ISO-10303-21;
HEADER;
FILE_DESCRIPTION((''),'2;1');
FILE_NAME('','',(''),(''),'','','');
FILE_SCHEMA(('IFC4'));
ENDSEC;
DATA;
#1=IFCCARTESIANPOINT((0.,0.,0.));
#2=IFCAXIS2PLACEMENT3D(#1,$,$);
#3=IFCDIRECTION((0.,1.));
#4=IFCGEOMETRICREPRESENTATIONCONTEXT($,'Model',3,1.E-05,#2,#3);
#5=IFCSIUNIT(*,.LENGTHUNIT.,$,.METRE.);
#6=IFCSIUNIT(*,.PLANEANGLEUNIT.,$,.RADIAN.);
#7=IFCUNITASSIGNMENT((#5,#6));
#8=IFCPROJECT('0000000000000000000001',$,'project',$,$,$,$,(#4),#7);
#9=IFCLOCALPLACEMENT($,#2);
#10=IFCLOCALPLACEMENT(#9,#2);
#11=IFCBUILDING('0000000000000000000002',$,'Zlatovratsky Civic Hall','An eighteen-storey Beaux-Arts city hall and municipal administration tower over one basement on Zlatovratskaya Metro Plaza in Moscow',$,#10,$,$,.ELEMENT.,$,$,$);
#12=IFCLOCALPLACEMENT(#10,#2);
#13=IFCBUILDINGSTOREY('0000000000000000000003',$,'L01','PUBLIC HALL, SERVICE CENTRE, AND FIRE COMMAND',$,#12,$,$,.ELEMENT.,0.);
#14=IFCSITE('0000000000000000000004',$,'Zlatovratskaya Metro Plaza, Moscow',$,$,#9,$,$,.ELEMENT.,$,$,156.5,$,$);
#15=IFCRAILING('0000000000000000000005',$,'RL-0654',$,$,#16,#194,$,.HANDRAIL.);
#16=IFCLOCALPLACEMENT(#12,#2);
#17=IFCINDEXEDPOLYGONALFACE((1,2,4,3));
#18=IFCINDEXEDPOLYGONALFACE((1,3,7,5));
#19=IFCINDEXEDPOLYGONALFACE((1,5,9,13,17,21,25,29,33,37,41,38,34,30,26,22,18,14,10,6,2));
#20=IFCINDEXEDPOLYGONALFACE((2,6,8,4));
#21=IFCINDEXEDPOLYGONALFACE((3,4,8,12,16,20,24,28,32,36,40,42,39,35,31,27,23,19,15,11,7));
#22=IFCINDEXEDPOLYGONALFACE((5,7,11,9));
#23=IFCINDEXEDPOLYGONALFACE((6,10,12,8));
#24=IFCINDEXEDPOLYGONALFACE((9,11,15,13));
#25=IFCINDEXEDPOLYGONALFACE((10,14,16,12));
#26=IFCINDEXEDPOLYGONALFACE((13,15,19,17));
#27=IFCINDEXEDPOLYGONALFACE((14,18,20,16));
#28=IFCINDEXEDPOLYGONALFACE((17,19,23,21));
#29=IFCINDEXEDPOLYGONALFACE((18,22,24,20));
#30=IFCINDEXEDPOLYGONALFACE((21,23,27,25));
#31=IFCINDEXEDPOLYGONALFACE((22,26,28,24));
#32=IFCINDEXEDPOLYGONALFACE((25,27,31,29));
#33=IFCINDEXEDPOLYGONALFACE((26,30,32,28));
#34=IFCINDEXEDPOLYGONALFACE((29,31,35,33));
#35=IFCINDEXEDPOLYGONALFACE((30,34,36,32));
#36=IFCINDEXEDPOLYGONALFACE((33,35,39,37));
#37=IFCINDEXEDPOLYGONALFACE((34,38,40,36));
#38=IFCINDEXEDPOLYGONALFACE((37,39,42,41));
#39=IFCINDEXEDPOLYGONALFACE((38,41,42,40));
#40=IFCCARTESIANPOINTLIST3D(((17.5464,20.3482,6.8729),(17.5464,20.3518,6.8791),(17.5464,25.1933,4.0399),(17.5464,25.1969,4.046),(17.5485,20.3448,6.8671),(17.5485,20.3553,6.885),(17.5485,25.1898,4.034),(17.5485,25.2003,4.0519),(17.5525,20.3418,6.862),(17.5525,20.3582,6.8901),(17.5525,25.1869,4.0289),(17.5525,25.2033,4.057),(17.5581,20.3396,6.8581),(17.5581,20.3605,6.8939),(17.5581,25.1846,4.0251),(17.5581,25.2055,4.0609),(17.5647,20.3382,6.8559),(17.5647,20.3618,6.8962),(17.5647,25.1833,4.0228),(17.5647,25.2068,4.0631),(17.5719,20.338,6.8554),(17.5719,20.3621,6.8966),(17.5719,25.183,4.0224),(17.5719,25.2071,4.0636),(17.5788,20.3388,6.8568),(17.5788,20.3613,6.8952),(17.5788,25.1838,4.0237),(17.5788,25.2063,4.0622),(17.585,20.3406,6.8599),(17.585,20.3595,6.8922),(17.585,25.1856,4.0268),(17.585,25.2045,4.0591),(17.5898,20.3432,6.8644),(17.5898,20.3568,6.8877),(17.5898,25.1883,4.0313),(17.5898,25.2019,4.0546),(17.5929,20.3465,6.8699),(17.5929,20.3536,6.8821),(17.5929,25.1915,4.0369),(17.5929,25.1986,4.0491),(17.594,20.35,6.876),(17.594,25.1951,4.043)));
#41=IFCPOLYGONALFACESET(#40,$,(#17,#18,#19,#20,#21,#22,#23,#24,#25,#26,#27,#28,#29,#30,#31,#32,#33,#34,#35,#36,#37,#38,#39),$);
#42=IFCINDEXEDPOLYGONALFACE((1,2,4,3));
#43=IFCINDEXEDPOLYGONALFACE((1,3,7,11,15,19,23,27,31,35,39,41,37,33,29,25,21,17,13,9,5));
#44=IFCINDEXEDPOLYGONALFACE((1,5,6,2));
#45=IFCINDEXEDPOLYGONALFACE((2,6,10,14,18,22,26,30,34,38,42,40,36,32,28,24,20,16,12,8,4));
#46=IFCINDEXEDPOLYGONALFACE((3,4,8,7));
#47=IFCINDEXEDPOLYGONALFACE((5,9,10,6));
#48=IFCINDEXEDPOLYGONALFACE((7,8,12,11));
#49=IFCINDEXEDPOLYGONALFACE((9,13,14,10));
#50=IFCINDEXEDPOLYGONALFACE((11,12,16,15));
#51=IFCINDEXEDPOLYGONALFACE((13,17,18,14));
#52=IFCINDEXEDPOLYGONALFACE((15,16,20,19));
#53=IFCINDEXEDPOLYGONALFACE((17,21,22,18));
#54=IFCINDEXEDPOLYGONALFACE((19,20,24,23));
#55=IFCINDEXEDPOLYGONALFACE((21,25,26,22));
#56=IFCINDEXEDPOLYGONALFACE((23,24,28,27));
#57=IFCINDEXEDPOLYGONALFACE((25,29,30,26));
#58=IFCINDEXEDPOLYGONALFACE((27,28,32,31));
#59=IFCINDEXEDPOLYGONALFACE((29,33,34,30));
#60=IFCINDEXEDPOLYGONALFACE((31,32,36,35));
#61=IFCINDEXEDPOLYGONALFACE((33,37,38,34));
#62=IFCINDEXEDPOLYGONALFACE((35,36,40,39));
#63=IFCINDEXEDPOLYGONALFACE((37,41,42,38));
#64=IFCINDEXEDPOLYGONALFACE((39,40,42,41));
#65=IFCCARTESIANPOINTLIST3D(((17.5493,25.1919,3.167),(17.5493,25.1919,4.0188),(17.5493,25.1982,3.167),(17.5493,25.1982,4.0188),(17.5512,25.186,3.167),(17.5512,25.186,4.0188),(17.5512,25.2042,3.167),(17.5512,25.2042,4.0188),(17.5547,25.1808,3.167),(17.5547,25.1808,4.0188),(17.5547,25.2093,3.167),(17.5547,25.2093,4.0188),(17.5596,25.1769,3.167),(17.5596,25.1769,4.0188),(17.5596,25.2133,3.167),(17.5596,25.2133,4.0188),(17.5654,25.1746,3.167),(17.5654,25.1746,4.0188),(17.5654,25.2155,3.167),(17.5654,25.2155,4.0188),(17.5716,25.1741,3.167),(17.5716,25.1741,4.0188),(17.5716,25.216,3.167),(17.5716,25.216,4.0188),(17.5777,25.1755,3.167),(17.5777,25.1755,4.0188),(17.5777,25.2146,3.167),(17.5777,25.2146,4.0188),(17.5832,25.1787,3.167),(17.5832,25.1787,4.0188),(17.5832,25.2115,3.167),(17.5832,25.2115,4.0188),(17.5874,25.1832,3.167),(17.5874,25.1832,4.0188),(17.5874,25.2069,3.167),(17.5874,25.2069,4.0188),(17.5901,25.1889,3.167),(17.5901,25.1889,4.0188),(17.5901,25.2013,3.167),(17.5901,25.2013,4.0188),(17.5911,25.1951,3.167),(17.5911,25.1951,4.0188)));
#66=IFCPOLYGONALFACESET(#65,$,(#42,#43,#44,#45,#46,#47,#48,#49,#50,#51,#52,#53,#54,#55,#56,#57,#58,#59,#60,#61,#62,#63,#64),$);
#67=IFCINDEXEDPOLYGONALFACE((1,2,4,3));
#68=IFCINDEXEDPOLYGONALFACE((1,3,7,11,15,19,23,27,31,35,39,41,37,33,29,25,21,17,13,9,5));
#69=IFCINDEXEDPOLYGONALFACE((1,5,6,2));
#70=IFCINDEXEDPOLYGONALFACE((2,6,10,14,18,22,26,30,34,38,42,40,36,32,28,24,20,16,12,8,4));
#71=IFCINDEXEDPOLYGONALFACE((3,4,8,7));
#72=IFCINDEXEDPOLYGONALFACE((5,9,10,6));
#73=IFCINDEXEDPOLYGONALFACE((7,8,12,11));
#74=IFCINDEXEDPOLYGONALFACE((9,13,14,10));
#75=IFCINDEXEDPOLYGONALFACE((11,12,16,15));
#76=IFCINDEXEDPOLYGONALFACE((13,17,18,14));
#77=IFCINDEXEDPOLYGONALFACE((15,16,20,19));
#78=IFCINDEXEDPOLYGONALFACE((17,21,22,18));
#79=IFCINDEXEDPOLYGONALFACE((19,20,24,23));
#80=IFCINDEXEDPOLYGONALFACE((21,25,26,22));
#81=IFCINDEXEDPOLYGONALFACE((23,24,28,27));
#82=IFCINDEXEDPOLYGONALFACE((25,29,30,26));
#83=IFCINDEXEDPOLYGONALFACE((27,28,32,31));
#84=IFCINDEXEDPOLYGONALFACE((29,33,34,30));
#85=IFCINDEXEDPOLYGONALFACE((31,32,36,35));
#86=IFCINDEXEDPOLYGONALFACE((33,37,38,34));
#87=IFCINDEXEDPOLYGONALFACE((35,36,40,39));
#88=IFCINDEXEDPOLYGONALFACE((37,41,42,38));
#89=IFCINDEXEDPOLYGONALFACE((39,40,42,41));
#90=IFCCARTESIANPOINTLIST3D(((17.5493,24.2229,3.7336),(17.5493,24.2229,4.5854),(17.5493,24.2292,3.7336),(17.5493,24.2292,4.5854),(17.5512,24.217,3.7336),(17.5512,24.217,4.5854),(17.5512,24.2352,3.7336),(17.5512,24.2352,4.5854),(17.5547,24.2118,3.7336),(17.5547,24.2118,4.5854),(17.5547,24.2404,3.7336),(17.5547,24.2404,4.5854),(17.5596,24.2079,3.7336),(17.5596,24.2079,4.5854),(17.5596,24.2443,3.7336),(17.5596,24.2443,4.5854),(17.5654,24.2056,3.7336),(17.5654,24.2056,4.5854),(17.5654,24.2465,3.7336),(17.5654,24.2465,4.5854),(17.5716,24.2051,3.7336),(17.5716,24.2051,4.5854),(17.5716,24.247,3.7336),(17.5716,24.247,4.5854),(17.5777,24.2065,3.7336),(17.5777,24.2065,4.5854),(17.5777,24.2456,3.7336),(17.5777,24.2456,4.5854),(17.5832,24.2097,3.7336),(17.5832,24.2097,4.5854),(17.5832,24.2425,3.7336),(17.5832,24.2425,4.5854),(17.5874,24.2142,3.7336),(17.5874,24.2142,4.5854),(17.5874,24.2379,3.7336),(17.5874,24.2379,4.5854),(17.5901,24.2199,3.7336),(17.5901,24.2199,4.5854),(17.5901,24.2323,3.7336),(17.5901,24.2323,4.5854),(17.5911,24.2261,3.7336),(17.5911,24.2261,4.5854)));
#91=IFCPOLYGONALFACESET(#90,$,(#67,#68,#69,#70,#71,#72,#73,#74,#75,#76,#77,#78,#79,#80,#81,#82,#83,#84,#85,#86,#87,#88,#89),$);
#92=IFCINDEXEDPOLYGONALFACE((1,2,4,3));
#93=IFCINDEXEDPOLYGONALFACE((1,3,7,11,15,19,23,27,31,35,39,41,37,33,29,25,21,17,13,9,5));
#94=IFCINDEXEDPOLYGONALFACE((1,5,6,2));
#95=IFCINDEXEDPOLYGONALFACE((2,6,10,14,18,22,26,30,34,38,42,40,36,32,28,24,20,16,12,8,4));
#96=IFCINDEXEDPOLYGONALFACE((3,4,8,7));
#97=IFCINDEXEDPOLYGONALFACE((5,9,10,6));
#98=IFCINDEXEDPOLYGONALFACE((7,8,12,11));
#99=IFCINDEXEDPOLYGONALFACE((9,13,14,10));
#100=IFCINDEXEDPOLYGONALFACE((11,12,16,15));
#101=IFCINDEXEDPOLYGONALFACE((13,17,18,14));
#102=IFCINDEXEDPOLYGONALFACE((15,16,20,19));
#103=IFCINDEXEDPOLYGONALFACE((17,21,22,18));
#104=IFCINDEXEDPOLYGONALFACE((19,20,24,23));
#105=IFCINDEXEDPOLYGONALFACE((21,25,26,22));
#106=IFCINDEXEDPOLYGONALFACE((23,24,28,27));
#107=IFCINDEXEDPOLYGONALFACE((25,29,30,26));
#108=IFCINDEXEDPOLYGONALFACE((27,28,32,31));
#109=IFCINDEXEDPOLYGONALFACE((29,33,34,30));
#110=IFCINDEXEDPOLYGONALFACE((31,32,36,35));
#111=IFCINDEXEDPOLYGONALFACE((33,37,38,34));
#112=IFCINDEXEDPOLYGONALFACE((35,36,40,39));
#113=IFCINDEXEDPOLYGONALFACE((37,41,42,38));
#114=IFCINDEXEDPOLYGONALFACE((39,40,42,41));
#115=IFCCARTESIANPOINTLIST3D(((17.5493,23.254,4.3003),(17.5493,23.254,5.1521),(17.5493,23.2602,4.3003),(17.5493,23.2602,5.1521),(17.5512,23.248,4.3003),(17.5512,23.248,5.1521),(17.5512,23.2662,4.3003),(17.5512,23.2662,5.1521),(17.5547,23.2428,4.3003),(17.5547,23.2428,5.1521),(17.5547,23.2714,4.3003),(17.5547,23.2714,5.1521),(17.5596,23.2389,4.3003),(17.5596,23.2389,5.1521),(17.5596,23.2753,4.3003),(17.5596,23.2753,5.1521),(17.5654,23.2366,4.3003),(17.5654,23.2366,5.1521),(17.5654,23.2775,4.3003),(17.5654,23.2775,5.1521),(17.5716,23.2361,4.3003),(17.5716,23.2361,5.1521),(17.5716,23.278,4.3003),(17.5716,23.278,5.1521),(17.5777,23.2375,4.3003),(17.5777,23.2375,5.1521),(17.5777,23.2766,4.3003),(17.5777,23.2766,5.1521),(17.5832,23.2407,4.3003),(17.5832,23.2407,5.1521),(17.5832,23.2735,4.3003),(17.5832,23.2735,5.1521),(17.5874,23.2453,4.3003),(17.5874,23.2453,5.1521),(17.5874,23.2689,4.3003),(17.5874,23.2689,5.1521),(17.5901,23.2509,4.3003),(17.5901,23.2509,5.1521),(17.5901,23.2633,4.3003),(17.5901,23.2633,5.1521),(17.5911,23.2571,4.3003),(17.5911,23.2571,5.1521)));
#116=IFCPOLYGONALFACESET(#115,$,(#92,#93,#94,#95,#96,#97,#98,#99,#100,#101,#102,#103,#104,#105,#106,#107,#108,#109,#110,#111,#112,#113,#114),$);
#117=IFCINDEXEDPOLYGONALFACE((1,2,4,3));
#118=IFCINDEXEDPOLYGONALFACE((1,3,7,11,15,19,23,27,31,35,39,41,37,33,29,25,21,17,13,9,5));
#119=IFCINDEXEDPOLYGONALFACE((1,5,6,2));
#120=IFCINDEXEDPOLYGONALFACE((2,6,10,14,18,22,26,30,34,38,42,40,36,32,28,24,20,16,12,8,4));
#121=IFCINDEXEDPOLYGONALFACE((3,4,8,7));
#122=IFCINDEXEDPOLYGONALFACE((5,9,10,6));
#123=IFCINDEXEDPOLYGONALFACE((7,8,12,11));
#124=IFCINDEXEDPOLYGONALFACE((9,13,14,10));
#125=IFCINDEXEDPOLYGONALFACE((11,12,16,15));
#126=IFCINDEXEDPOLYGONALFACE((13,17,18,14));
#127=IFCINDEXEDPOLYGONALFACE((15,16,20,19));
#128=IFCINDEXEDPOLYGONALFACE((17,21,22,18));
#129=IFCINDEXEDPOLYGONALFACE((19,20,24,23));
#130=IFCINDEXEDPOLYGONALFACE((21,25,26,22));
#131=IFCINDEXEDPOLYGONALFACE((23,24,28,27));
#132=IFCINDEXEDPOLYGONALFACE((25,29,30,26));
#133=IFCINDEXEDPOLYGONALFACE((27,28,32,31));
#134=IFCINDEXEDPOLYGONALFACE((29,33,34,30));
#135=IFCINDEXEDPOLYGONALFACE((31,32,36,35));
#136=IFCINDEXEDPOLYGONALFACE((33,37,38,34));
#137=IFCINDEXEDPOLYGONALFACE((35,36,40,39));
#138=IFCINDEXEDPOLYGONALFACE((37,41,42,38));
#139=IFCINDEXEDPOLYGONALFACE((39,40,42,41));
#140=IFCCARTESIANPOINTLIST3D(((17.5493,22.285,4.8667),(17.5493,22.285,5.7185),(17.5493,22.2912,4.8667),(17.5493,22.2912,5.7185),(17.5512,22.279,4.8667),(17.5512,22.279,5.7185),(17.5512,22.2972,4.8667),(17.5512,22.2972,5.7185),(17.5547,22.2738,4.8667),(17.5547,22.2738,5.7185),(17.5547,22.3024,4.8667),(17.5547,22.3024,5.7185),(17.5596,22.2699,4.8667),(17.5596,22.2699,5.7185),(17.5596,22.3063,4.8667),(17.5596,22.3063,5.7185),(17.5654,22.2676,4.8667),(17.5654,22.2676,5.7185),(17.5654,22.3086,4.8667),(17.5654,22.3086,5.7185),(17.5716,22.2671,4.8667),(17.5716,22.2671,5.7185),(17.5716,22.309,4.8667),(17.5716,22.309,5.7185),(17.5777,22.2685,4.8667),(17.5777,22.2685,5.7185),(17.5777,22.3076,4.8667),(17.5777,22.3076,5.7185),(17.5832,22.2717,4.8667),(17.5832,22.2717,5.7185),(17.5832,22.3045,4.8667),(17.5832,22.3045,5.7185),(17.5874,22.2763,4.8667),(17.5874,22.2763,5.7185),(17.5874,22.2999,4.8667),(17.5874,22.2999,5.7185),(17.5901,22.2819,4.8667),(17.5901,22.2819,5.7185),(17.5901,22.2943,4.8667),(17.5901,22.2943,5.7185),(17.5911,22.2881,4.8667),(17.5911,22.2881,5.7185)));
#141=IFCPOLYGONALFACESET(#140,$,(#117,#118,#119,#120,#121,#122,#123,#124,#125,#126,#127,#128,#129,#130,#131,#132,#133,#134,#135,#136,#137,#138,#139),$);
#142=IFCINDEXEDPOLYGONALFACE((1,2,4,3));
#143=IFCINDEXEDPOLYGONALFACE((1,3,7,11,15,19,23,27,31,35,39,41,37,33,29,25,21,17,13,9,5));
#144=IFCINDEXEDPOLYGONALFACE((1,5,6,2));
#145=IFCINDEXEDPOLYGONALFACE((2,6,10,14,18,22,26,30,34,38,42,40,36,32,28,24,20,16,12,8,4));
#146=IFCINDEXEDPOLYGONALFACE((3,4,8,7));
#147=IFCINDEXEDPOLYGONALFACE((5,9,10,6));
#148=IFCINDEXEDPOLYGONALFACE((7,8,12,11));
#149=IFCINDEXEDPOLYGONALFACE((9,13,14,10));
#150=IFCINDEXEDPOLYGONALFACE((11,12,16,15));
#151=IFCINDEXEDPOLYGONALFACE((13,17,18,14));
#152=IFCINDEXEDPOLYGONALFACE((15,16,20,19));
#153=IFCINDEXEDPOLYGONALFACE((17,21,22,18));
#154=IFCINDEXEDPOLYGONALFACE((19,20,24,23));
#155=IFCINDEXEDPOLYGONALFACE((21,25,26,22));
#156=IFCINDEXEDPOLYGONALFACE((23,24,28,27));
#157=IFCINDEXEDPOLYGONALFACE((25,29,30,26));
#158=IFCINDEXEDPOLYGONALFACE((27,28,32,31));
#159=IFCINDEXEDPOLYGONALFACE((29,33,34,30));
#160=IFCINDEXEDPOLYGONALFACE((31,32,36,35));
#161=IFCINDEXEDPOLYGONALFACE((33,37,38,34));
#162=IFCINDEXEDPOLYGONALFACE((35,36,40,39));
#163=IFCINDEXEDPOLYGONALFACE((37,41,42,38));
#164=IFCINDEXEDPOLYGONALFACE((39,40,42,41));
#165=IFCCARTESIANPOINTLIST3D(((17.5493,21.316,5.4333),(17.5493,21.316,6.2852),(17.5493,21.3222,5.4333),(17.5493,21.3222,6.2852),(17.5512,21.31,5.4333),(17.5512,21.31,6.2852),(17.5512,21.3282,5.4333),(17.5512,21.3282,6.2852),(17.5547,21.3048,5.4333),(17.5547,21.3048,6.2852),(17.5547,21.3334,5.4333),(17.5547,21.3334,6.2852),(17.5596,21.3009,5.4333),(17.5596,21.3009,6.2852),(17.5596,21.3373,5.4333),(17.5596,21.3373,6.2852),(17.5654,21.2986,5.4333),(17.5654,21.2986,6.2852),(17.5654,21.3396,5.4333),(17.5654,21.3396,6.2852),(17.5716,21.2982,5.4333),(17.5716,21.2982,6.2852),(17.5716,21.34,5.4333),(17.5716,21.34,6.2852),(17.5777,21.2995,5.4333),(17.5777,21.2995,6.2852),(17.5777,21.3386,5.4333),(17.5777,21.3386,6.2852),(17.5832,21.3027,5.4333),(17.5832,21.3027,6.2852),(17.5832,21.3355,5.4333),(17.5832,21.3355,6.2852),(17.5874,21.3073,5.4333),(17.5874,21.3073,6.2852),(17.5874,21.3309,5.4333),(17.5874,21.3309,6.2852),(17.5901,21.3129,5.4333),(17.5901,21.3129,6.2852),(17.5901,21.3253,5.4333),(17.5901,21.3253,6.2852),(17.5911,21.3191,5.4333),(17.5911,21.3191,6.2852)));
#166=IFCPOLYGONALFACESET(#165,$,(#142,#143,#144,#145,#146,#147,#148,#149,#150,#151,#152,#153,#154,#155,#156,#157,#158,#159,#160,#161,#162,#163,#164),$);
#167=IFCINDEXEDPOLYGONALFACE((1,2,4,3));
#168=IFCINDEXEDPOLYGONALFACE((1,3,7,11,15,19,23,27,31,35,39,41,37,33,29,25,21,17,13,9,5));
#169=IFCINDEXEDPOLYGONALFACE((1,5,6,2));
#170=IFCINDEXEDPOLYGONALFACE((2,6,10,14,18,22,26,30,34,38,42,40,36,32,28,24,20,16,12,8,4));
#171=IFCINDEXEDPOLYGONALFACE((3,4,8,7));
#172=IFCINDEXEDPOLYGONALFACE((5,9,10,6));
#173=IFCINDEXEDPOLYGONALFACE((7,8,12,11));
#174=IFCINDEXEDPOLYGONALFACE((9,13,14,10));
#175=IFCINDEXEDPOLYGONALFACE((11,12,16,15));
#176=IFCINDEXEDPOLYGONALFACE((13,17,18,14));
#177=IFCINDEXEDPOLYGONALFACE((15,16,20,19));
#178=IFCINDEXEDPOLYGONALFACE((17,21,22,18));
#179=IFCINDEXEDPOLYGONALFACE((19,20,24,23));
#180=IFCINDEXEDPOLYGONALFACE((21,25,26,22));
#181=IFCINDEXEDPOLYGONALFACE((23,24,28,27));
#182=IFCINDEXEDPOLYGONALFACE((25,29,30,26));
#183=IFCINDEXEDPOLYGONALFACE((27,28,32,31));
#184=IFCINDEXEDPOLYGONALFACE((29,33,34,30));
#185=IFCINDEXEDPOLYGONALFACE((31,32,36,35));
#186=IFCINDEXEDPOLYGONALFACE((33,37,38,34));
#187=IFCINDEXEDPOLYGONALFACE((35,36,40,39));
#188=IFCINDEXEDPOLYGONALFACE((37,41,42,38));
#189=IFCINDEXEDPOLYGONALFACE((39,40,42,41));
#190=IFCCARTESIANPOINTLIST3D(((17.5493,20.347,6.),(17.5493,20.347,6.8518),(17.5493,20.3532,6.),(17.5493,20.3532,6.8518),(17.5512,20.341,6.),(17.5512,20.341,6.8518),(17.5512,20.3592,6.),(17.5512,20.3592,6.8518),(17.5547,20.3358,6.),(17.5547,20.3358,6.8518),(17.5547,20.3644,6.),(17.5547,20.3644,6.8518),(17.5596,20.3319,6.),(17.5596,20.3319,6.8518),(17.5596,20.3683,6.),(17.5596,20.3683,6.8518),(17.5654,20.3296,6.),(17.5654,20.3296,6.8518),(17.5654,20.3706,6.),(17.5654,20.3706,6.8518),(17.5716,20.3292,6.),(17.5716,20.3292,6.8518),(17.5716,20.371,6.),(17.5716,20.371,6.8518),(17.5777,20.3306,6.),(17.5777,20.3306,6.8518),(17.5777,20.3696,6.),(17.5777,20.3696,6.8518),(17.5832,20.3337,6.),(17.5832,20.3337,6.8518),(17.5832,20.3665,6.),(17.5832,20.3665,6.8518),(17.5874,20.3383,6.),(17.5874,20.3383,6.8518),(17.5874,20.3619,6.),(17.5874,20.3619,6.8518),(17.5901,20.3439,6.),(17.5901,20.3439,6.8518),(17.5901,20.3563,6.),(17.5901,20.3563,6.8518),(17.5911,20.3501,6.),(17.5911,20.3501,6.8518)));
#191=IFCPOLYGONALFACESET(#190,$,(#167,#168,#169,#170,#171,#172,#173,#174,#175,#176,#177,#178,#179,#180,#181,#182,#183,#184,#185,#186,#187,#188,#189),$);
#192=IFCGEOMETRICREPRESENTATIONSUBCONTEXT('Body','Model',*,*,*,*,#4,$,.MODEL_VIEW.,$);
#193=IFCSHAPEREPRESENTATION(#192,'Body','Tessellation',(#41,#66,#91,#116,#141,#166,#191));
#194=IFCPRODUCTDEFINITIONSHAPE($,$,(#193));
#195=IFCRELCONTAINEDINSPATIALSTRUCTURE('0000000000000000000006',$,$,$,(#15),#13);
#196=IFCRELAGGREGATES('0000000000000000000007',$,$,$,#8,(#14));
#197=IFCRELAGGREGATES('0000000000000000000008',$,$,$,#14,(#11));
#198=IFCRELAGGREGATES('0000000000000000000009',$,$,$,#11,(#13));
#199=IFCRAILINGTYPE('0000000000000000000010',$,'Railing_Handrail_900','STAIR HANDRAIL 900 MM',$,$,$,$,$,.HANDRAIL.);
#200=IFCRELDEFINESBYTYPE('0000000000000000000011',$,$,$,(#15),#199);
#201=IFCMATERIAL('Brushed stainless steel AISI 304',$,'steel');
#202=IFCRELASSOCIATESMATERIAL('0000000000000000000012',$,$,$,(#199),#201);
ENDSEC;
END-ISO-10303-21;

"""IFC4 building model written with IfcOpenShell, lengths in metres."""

from ifc_helpers import new_model, si_unit, direction, frame, origin, origin_2d, place, context, subcontext, project, spatial, circle, extrude, material, type_object, element, save


model = new_model("IFC4")

# Units and contexts
model_context = context("Model", 3, precision=1e-05, world=origin(), true_north=direction((0.0, 1.0)))
body_context = subcontext(model_context, "Body", "Model", "MODEL_VIEW")
ifc_project = project(units=[si_unit("LENGTHUNIT", "METRE"), si_unit("PLANEANGLEUNIT", "RADIAN")], contexts=[model_context])

# Site, building, storey
site_placement = place(None, origin())
site = spatial("IfcSite", under=ifc_project, at=site_placement, Name="Zlatovratskaya Metro Plaza, Moscow", CompositionType="ELEMENT", RefElevation=156.5)
building_placement = place(site_placement, origin())
building = spatial("IfcBuilding", under=site, at=building_placement, Name="Zlatovratsky Civic Hall", Description="An eighteen-storey Beaux-Arts city hall and municipal administration tower over one basement on Zlatovratskaya Metro Plaza in Moscow", CompositionType="ELEMENT")
storey_placement = place(building_placement, origin())
storey = spatial("IfcBuildingStorey", under=building, at=storey_placement, Name="L01", Description="PUBLIC HALL, SERVICE CENTRE, AND FIRE COMMAND", CompositionType="ELEMENT", Elevation=0.0)

# Railing
ifc_material_1 = material(Name="Brushed stainless steel AISI 304", Category="steel")
railing_type_1 = type_object("IfcRailingType", Name="Railing_Handrail_900", Description="STAIR HANDRAIL 900 MM", PredefinedType="HANDRAIL", material=ifc_material_1)
railing_1_placement = place(storey_placement, frame((17.5701, 25.1951, 3.167)))
element("IfcRailing", 1, at=railing_1_placement, inside=storey, type_object=railing_type_1, Name="RL-0654", PredefinedType="HANDRAIL", context=body_context, shape_type="SweptSolid", body=[
    extrude(circle(Radius=0.0239, at=origin_2d()), frame((0.0, 0.0, 0.876), z_axis=(0.0, -0.863253, 0.504771), x_axis=(1.0, 0.0, 0.0)), (0.0, 0.0, 1.0), 5.6125),
    extrude(circle(Radius=0.021, at=origin_2d()), origin(), (0.0, 0.0, 1.0), 0.8518),
    extrude(circle(Radius=0.021, at=origin_2d()), frame((0.0, -0.969, 0.5667)), (0.0, 0.0, 1.0), 0.8518),
    extrude(circle(Radius=0.021, at=origin_2d()), frame((0.0, -1.938, 1.1333)), (0.0, 0.0, 1.0), 0.8518),
    extrude(circle(Radius=0.021, at=origin_2d()), frame((0.0, -2.907, 1.6997)), (0.0, 0.0, 1.0), 0.8518),
    extrude(circle(Radius=0.021, at=origin_2d()), frame((0.0, -3.876, 2.2664)), (0.0, 0.0, 1.0), 0.8518),
    extrude(circle(Radius=0.021, at=origin_2d()), frame((0.0, -4.845, 2.833)), (0.0, 0.0, 1.0), 0.8518),
])

save(model, "model.ifc")
